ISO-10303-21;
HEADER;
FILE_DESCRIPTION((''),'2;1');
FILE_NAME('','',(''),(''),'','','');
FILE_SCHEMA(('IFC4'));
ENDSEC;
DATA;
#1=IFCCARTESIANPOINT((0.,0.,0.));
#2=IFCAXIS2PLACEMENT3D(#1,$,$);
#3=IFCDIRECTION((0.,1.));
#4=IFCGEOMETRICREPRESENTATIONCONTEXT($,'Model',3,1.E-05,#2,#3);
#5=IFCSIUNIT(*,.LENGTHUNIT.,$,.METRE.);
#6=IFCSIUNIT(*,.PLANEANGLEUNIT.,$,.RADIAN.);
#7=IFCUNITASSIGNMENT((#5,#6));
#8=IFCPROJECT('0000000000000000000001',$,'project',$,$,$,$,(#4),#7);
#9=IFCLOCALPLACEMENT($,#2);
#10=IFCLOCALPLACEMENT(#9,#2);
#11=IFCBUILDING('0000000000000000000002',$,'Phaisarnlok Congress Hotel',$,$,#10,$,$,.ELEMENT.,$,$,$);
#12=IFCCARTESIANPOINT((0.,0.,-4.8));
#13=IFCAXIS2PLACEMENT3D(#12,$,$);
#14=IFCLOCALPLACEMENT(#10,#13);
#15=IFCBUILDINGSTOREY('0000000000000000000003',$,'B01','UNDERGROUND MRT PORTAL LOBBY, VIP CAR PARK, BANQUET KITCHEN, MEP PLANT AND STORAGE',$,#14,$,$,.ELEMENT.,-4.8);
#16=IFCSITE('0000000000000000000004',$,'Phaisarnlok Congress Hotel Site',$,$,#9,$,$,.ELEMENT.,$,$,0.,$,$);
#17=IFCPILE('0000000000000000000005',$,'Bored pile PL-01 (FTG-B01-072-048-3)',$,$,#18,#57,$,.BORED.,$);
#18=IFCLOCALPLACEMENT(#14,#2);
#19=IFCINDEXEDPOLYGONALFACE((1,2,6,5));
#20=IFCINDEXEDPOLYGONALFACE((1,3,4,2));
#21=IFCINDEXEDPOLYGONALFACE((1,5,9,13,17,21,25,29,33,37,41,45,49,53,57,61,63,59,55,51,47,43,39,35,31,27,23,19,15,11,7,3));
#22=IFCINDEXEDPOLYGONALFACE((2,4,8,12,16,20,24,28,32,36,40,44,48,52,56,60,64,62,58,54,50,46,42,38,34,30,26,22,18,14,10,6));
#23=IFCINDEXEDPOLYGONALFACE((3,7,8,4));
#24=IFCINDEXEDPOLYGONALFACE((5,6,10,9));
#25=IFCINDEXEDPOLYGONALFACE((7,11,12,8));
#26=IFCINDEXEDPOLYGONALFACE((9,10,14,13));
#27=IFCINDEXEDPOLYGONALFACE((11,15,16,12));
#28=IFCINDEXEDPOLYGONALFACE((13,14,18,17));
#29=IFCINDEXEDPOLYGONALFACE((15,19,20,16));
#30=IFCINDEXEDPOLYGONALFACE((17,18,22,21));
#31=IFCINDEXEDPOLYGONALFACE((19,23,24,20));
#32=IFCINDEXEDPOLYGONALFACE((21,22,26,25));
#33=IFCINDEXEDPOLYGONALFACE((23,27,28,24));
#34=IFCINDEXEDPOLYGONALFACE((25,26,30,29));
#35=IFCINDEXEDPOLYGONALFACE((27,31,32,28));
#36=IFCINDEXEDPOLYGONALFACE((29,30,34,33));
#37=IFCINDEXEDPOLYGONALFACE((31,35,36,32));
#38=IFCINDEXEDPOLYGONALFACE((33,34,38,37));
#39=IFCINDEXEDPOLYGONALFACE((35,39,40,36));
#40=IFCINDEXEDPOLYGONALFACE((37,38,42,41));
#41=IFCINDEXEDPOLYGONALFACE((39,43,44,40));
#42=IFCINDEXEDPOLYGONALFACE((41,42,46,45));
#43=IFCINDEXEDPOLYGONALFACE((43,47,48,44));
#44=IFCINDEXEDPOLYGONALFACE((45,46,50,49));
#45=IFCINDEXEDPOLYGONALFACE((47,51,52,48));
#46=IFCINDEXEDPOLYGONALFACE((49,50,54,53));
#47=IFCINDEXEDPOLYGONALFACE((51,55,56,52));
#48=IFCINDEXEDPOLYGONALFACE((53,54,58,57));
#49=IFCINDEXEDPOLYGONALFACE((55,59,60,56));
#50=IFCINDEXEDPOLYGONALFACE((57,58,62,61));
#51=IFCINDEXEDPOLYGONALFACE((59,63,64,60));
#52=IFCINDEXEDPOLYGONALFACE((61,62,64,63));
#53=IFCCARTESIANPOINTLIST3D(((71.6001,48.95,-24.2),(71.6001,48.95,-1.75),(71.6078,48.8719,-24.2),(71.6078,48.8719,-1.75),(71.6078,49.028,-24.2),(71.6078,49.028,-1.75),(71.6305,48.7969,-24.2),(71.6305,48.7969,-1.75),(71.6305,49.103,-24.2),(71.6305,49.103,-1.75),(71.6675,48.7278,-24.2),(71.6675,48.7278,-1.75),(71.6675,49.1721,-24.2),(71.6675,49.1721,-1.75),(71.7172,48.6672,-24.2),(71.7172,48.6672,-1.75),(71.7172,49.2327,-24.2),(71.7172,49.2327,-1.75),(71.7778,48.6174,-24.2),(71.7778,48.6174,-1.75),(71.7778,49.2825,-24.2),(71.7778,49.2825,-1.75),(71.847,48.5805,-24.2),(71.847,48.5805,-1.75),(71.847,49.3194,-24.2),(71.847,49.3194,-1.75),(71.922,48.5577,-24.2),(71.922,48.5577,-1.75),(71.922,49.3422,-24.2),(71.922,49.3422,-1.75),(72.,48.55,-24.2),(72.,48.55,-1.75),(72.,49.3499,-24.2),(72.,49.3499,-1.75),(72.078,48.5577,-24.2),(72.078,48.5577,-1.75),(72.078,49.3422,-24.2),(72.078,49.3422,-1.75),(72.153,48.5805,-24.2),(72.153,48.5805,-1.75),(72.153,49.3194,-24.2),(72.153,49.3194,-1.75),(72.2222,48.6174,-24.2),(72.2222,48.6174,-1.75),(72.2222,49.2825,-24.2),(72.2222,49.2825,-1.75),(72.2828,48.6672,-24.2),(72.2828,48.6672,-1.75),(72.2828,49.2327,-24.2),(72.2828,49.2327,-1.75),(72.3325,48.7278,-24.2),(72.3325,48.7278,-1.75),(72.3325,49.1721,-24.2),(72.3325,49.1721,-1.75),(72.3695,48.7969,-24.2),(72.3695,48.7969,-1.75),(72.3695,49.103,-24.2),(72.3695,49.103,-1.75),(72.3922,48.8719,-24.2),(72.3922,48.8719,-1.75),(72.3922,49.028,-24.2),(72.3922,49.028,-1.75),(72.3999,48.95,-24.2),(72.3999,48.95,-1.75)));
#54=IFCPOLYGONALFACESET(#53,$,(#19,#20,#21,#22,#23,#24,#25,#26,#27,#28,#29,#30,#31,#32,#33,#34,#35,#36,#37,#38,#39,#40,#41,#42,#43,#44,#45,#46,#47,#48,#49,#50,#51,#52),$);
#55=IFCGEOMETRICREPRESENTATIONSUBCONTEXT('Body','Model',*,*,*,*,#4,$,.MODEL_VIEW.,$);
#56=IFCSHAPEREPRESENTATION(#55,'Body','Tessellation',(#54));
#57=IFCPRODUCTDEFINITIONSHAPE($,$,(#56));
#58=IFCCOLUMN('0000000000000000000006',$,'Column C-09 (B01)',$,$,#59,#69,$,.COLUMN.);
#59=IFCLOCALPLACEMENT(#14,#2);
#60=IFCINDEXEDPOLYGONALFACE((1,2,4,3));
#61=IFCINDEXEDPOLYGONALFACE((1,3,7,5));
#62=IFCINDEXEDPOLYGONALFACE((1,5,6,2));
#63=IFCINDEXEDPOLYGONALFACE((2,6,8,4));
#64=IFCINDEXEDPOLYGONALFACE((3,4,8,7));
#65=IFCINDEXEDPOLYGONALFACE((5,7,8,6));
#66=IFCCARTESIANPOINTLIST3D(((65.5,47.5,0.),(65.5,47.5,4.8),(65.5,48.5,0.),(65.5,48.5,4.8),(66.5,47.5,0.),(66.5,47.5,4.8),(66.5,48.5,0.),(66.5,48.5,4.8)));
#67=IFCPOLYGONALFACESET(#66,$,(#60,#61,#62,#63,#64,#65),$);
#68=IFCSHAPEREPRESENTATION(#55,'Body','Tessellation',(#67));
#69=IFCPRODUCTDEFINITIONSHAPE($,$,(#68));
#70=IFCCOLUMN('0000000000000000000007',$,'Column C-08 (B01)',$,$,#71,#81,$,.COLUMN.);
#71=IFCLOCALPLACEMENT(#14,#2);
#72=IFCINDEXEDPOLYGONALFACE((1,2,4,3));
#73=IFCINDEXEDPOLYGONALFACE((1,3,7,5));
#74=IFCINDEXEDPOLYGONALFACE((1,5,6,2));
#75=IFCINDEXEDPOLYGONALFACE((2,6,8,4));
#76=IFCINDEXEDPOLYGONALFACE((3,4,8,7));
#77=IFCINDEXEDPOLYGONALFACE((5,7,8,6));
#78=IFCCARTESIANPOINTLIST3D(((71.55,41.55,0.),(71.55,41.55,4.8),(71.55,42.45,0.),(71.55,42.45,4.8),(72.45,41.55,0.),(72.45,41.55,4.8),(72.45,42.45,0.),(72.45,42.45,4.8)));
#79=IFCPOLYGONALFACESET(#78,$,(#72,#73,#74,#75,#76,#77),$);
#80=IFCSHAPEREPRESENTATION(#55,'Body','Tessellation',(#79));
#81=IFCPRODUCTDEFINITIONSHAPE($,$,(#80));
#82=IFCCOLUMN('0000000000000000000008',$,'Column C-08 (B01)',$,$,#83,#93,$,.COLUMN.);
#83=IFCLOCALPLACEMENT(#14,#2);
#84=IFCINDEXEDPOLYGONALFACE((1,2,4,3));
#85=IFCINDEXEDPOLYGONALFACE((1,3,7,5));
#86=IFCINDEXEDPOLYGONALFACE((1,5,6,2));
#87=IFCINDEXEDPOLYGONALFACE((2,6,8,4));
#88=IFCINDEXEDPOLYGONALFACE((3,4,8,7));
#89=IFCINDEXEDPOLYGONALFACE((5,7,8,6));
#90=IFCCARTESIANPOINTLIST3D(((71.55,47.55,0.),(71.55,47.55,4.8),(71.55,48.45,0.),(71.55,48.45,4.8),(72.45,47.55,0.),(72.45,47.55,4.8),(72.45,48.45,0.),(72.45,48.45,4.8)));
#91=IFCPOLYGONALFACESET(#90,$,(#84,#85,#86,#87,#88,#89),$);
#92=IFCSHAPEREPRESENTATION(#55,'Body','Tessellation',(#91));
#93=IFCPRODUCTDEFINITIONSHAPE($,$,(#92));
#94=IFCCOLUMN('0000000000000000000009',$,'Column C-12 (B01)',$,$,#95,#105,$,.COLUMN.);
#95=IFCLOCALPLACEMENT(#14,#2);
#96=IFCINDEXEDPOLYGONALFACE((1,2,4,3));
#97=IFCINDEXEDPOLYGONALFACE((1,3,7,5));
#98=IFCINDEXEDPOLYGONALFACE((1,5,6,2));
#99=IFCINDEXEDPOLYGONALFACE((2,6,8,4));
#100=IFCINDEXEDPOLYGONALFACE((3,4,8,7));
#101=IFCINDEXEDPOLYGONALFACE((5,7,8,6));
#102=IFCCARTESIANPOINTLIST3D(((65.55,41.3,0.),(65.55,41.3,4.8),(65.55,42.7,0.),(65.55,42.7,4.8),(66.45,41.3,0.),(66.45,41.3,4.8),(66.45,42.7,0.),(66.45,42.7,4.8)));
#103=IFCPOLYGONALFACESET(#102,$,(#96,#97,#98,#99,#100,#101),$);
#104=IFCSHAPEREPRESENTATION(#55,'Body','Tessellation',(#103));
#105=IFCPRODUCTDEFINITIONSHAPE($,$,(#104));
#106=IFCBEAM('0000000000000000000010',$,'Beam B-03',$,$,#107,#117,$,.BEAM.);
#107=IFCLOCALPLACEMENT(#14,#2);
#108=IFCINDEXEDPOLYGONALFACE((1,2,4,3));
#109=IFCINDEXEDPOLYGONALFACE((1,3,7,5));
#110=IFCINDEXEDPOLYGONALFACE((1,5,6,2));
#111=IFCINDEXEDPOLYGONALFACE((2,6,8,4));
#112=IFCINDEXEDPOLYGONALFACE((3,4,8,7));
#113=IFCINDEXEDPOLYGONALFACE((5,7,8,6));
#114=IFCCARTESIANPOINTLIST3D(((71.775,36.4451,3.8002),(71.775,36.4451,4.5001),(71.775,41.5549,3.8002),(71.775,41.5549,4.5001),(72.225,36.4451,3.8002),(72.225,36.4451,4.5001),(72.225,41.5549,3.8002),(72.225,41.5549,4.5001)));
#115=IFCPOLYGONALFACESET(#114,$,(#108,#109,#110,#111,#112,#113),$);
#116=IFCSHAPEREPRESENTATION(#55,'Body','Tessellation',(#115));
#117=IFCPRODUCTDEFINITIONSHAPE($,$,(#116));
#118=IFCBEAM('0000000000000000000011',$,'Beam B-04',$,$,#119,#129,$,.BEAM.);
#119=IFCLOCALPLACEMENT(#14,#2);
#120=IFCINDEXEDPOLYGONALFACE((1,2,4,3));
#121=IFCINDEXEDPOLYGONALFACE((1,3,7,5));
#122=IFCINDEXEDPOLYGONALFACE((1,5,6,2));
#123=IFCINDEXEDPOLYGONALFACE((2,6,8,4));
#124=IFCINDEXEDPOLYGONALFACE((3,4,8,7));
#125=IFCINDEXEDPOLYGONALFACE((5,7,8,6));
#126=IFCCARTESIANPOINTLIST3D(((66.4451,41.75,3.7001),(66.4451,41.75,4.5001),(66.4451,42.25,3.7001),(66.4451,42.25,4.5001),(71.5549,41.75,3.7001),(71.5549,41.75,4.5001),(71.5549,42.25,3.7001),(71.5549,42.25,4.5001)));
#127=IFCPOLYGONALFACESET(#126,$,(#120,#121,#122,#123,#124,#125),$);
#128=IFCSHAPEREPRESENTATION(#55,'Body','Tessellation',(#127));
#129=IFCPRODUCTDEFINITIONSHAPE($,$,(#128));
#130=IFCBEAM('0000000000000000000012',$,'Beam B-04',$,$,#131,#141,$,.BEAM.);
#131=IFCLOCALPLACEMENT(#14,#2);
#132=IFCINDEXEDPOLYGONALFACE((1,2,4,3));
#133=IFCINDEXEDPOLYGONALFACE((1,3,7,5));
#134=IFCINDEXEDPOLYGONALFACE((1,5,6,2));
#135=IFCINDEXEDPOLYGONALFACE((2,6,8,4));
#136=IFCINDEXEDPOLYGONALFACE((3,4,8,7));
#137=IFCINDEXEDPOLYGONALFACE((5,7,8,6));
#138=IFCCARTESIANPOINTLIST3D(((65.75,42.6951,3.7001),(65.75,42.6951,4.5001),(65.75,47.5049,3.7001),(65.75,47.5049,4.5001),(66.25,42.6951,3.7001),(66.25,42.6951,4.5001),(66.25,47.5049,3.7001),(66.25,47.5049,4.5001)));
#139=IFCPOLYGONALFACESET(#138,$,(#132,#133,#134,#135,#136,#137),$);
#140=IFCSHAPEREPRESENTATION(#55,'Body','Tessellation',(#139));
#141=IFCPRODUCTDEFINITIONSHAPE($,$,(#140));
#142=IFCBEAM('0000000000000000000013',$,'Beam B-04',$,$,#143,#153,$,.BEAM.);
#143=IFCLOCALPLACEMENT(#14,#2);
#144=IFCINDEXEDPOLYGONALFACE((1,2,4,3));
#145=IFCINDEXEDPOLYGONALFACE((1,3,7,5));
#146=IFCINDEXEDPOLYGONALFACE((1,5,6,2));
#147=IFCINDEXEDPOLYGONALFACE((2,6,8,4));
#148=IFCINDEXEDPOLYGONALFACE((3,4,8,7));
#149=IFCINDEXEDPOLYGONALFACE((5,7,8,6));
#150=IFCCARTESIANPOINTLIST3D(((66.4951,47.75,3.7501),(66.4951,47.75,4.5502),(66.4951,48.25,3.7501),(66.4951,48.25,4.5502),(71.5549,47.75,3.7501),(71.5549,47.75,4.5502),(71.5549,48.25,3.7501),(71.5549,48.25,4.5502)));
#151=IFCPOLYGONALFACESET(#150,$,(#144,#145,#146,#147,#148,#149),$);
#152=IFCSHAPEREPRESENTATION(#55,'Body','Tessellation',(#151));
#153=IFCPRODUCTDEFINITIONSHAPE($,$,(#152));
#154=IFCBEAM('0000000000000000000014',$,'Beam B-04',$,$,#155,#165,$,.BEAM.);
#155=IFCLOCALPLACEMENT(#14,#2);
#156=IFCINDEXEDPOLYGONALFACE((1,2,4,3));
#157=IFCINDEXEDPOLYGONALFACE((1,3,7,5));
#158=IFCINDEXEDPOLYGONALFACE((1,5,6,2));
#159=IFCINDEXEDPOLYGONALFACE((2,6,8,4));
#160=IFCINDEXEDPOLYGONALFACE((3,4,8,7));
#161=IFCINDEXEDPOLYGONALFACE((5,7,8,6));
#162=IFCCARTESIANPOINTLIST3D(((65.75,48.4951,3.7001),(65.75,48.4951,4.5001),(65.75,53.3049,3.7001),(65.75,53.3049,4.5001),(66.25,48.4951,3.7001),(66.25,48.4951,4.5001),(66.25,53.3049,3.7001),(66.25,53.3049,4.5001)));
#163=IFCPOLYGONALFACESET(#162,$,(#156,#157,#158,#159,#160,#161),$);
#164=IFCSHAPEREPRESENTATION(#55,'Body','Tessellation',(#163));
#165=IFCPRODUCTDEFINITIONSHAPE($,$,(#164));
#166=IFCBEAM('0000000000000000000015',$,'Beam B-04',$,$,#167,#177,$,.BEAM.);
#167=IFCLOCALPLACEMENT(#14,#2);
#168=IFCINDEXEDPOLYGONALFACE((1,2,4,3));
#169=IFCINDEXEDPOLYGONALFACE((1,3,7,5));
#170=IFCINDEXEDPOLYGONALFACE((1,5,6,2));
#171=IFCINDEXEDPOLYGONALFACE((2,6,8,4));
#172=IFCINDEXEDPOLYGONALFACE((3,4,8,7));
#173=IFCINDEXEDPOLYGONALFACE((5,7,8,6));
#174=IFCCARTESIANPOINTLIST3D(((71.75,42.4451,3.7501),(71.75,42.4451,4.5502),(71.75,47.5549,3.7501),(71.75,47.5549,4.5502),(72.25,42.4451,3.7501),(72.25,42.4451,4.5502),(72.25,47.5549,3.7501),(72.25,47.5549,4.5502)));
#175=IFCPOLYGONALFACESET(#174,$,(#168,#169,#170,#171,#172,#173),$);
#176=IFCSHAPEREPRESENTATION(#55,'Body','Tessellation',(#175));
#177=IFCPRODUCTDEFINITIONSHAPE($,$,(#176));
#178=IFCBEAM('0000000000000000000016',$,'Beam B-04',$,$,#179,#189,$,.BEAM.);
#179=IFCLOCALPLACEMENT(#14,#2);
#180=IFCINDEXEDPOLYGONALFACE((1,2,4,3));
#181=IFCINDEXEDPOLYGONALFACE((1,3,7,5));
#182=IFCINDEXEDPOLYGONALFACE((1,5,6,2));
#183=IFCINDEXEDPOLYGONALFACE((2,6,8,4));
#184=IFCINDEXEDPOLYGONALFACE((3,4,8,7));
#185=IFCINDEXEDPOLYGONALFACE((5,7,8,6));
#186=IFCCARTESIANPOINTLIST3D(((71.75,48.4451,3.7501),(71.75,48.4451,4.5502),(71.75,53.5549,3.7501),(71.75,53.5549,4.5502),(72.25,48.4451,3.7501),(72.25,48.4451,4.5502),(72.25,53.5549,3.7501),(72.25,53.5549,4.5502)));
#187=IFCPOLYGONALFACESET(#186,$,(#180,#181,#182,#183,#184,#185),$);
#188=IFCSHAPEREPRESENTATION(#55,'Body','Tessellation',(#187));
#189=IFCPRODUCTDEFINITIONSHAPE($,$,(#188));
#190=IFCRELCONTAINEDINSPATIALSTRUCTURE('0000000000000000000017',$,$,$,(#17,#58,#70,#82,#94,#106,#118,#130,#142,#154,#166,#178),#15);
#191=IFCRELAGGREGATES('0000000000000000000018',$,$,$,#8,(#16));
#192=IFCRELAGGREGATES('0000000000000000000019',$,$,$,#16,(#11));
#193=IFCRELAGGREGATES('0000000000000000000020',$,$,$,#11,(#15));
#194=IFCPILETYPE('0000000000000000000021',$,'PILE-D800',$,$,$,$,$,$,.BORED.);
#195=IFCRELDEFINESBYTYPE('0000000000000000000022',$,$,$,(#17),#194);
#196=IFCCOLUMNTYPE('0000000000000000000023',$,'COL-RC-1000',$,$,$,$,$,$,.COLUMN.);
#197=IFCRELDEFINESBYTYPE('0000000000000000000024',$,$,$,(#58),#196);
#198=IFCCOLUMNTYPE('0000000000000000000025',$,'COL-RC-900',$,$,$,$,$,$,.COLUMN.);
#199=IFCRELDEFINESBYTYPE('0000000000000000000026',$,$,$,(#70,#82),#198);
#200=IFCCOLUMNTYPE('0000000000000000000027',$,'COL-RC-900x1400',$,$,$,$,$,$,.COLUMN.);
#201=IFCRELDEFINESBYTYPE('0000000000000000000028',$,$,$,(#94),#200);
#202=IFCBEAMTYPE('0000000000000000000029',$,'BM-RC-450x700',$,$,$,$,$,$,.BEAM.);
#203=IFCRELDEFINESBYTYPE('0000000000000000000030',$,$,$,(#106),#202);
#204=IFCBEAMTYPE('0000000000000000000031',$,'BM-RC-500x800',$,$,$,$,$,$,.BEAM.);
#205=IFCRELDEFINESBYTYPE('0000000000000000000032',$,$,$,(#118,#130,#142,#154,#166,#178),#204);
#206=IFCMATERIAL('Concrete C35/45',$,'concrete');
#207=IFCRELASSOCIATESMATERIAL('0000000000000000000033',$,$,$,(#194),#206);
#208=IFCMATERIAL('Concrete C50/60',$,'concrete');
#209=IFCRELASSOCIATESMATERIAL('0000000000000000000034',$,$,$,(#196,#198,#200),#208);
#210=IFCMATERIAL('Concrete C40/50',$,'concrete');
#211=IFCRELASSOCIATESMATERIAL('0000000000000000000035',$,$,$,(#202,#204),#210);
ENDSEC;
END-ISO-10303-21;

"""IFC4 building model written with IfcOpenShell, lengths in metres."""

from ifc_helpers import new_model, si_unit, direction, frame, origin, origin_2d, place, context, subcontext, project, spatial, rectangle, circle, extrude, material, material_profile, profile_set, type_object, element, save


model = new_model("IFC4")

# Units and contexts
model_context = context("Model", 3, precision=1e-05, world=origin(), true_north=direction((0.0, 1.0)))
body_context = subcontext(model_context, "Body", "Model", "MODEL_VIEW")
ifc_project = project(units=[si_unit("LENGTHUNIT", "METRE"), si_unit("PLANEANGLEUNIT", "RADIAN")], contexts=[model_context])

# Site, building, storey
site_placement = place(None, origin())
site = spatial("IfcSite", under=ifc_project, at=site_placement, Name="Phaisarnlok Congress Hotel Site", CompositionType="ELEMENT", RefElevation=0.0)
building_placement = place(site_placement, origin())
building = spatial("IfcBuilding", under=site, at=building_placement, Name="Phaisarnlok Congress Hotel", CompositionType="ELEMENT")
storey_placement = place(building_placement, frame((0.0, 0.0, -4.8)))
storey = spatial("IfcBuildingStorey", under=building, at=storey_placement, Name="B01", Description="UNDERGROUND MRT PORTAL LOBBY, VIP CAR PARK, BANQUET KITCHEN, MEP PLANT AND STORAGE", CompositionType="ELEMENT", Elevation=-4.8)

# Shared definitions
ifc_material_1 = material(Name="Concrete C40/50", Category="concrete")

# Pile
ifc_material_2 = material(Name="Concrete C35/45", Category="concrete")
ifc_material_profile_1 = material_profile(ifc_material_2, circle(Radius=0.3999, at=origin_2d()), Name="BORED PILE D800")
ifc_profile_set_1 = profile_set([ifc_material_profile_1], Name="Concrete C35/45")
pile_type_1 = type_object("IfcPileType", Name="PILE-D800", PredefinedType="BORED", material=ifc_profile_set_1)
for number, where, z_axis, x_axis, name in (
    (1, (72.0, 48.95, -1.75), (0.0, 0.0, -1.0), (1.0, 0.0, 0.0), "Bored pile PL-01 (FTG-B01-072-048-3)"),
):
    element("IfcPile", number, at=place(storey_placement, frame(where, z_axis=z_axis, x_axis=x_axis)), inside=storey, type_object=pile_type_1, Name=name, PredefinedType="BORED", context=body_context, shape_type="SweptSolid", body=[
        extrude(circle(Radius=0.3999, at=origin_2d()), origin(), (0.0, 0.0, 1.0), 22.45),
    ])

# Columns
ifc_material_3 = material(Name="Concrete C50/60", Category="concrete")
ifc_material_profile_2 = material_profile(ifc_material_3, rectangle(XDim=1.0, YDim=1.0, at=origin_2d()), Name="RC 1000x1000")
ifc_profile_set_2 = profile_set([ifc_material_profile_2], Name="Concrete C50/60")
column_type_1 = type_object("IfcColumnType", Name="COL-RC-1000", PredefinedType="COLUMN", material=ifc_profile_set_2)
column_1_placement = place(storey_placement, frame((66.0, 48.0, 0.0), z_axis=(0.0, 0.0, 1.0), x_axis=(1.0, 0.0, 0.0)))
element("IfcColumn", 2, at=column_1_placement, inside=storey, type_object=column_type_1, Name="Column C-09 (B01)", PredefinedType="COLUMN", context=body_context, shape_type="SweptSolid", body=[
    extrude(rectangle(XDim=1.0, YDim=1.0, at=origin_2d()), origin(), (0.0, 0.0, 1.0), 4.8),
])
ifc_material_profile_3 = material_profile(ifc_material_3, rectangle(XDim=0.8999, YDim=0.8999, at=origin_2d()), Name="RC 900x900")
ifc_profile_set_3 = profile_set([ifc_material_profile_3], Name="Concrete C50/60")
column_type_2 = type_object("IfcColumnType", Name="COL-RC-900", PredefinedType="COLUMN", material=ifc_profile_set_3)
for number, where, z_axis, x_axis, name in (
    (3, (72.0, 42.0, 0.0), (0.0, 0.0, 1.0), (1.0, 0.0, 0.0), "Column C-08 (B01)"),
    (4, (72.0, 48.0, 0.0), (0.0, 0.0, 1.0), (1.0, 0.0, 0.0), "Column C-08 (B01)"),
):
    element("IfcColumn", number, at=place(storey_placement, frame(where, z_axis=z_axis, x_axis=x_axis)), inside=storey, type_object=column_type_2, Name=name, PredefinedType="COLUMN", context=body_context, shape_type="SweptSolid", body=[
        extrude(rectangle(XDim=0.8999, YDim=0.8999, at=origin_2d()), origin(), (0.0, 0.0, 1.0), 4.8),
    ])
ifc_material_profile_4 = material_profile(ifc_material_3, rectangle(XDim=0.8999, YDim=1.3999, at=origin_2d()), Name="RC 900x1400")
ifc_profile_set_4 = profile_set([ifc_material_profile_4], Name="Concrete C50/60")
column_type_3 = type_object("IfcColumnType", Name="COL-RC-900x1400", PredefinedType="COLUMN", material=ifc_profile_set_4)
column_2_placement = place(storey_placement, frame((66.0, 42.0, 0.0), z_axis=(0.0, 0.0, 1.0), x_axis=(1.0, 0.0, 0.0)))
element("IfcColumn", 5, at=column_2_placement, inside=storey, type_object=column_type_3, Name="Column C-12 (B01)", PredefinedType="COLUMN", context=body_context, shape_type="SweptSolid", body=[
    extrude(rectangle(XDim=0.8999, YDim=1.3999, at=origin_2d()), origin(), (0.0, 0.0, 1.0), 4.8),
])

# Beams
ifc_material_profile_5 = material_profile(ifc_material_1, rectangle(XDim=0.45, YDim=0.7, at=origin_2d()), Name="RC 450x700")
ifc_profile_set_5 = profile_set([ifc_material_profile_5], Name="Concrete C40/50")
beam_type_1 = type_object("IfcBeamType", Name="BM-RC-450x700", PredefinedType="BEAM", material=ifc_profile_set_5)
beam_1_placement = place(storey_placement, frame((72.0, 36.4451, 4.1501), z_axis=(0.0, 1.0, 0.0), x_axis=(-1.0, 0.0, 0.0)))
element("IfcBeam", 6, at=beam_1_placement, inside=storey, type_object=beam_type_1, Name="Beam B-03", PredefinedType="BEAM", context=body_context, shape_type="SweptSolid", body=[
    extrude(rectangle(XDim=0.45, YDim=0.7, at=origin_2d()), origin(), (0.0, 0.0, 1.0), 5.1099),
])
ifc_material_profile_6 = material_profile(ifc_material_1, rectangle(XDim=0.5, YDim=0.8, at=origin_2d()), Name="RC 500x800")
ifc_profile_set_6 = profile_set([ifc_material_profile_6], Name="Concrete C40/50")
beam_type_2 = type_object("IfcBeamType", Name="BM-RC-500x800", PredefinedType="BEAM", material=ifc_profile_set_6)
beam_2_placement = place(storey_placement, frame((66.4451, 42.0, 4.1001), z_axis=(1.0, 0.0, 0.0), x_axis=(0.0, 1.0, 0.0)))
element("IfcBeam", 7, at=beam_2_placement, inside=storey, type_object=beam_type_2, Name="Beam B-04", PredefinedType="BEAM", context=body_context, shape_type="SweptSolid", body=[
    extrude(rectangle(XDim=0.5, YDim=0.8, at=origin_2d()), origin(), (0.0, 0.0, 1.0), 5.1099),
])
beam_3_placement = place(storey_placement, frame((66.0, 42.6951, 4.1001), z_axis=(0.0, 1.0, 0.0), x_axis=(-1.0, 0.0, 0.0)))
element("IfcBeam", 8, at=beam_3_placement, inside=storey, type_object=beam_type_2, Name="Beam B-04", PredefinedType="BEAM", context=body_context, shape_type="SweptSolid", body=[
    extrude(rectangle(XDim=0.5, YDim=0.8, at=origin_2d()), origin(), (0.0, 0.0, 1.0), 4.8098),
])
beam_4_placement = place(storey_placement, frame((66.4951, 48.0, 4.1501), z_axis=(1.0, 0.0, 0.0), x_axis=(0.0, 1.0, 0.0)))
element("IfcBeam", 9, at=beam_4_placement, inside=storey, type_object=beam_type_2, Name="Beam B-04", PredefinedType="BEAM", context=body_context, shape_type="SweptSolid", body=[
    extrude(rectangle(XDim=0.5, YDim=0.8, at=origin_2d()), origin(), (0.0, 0.0, 1.0), 5.0598),
])
beam_5_placement = place(storey_placement, frame((66.0, 48.4951, 4.1001), z_axis=(0.0, 1.0, 0.0), x_axis=(-1.0, 0.0, 0.0)))
element("IfcBeam", 10, at=beam_5_placement, inside=storey, type_object=beam_type_2, Name="Beam B-04", PredefinedType="BEAM", context=body_context, shape_type="SweptSolid", body=[
    extrude(rectangle(XDim=0.5, YDim=0.8, at=origin_2d()), origin(), (0.0, 0.0, 1.0), 4.8098),
])
for number, where, z_axis, x_axis, name in (
    (11, (72.0, 42.4451, 4.1501), (0.0, 1.0, 0.0), (-1.0, 0.0, 0.0), "Beam B-04"),
    (12, (72.0, 48.4451, 4.1501), (0.0, 1.0, 0.0), (-1.0, 0.0, 0.0), "Beam B-04"),
):
    element("IfcBeam", number, at=place(storey_placement, frame(where, z_axis=z_axis, x_axis=x_axis)), inside=storey, type_object=beam_type_2, Name=name, PredefinedType="BEAM", context=body_context, shape_type="SweptSolid", body=[
        extrude(rectangle(XDim=0.5, YDim=0.8, at=origin_2d()), origin(), (0.0, 0.0, 1.0), 5.1099),
    ])

save(model, "model.ifc")
